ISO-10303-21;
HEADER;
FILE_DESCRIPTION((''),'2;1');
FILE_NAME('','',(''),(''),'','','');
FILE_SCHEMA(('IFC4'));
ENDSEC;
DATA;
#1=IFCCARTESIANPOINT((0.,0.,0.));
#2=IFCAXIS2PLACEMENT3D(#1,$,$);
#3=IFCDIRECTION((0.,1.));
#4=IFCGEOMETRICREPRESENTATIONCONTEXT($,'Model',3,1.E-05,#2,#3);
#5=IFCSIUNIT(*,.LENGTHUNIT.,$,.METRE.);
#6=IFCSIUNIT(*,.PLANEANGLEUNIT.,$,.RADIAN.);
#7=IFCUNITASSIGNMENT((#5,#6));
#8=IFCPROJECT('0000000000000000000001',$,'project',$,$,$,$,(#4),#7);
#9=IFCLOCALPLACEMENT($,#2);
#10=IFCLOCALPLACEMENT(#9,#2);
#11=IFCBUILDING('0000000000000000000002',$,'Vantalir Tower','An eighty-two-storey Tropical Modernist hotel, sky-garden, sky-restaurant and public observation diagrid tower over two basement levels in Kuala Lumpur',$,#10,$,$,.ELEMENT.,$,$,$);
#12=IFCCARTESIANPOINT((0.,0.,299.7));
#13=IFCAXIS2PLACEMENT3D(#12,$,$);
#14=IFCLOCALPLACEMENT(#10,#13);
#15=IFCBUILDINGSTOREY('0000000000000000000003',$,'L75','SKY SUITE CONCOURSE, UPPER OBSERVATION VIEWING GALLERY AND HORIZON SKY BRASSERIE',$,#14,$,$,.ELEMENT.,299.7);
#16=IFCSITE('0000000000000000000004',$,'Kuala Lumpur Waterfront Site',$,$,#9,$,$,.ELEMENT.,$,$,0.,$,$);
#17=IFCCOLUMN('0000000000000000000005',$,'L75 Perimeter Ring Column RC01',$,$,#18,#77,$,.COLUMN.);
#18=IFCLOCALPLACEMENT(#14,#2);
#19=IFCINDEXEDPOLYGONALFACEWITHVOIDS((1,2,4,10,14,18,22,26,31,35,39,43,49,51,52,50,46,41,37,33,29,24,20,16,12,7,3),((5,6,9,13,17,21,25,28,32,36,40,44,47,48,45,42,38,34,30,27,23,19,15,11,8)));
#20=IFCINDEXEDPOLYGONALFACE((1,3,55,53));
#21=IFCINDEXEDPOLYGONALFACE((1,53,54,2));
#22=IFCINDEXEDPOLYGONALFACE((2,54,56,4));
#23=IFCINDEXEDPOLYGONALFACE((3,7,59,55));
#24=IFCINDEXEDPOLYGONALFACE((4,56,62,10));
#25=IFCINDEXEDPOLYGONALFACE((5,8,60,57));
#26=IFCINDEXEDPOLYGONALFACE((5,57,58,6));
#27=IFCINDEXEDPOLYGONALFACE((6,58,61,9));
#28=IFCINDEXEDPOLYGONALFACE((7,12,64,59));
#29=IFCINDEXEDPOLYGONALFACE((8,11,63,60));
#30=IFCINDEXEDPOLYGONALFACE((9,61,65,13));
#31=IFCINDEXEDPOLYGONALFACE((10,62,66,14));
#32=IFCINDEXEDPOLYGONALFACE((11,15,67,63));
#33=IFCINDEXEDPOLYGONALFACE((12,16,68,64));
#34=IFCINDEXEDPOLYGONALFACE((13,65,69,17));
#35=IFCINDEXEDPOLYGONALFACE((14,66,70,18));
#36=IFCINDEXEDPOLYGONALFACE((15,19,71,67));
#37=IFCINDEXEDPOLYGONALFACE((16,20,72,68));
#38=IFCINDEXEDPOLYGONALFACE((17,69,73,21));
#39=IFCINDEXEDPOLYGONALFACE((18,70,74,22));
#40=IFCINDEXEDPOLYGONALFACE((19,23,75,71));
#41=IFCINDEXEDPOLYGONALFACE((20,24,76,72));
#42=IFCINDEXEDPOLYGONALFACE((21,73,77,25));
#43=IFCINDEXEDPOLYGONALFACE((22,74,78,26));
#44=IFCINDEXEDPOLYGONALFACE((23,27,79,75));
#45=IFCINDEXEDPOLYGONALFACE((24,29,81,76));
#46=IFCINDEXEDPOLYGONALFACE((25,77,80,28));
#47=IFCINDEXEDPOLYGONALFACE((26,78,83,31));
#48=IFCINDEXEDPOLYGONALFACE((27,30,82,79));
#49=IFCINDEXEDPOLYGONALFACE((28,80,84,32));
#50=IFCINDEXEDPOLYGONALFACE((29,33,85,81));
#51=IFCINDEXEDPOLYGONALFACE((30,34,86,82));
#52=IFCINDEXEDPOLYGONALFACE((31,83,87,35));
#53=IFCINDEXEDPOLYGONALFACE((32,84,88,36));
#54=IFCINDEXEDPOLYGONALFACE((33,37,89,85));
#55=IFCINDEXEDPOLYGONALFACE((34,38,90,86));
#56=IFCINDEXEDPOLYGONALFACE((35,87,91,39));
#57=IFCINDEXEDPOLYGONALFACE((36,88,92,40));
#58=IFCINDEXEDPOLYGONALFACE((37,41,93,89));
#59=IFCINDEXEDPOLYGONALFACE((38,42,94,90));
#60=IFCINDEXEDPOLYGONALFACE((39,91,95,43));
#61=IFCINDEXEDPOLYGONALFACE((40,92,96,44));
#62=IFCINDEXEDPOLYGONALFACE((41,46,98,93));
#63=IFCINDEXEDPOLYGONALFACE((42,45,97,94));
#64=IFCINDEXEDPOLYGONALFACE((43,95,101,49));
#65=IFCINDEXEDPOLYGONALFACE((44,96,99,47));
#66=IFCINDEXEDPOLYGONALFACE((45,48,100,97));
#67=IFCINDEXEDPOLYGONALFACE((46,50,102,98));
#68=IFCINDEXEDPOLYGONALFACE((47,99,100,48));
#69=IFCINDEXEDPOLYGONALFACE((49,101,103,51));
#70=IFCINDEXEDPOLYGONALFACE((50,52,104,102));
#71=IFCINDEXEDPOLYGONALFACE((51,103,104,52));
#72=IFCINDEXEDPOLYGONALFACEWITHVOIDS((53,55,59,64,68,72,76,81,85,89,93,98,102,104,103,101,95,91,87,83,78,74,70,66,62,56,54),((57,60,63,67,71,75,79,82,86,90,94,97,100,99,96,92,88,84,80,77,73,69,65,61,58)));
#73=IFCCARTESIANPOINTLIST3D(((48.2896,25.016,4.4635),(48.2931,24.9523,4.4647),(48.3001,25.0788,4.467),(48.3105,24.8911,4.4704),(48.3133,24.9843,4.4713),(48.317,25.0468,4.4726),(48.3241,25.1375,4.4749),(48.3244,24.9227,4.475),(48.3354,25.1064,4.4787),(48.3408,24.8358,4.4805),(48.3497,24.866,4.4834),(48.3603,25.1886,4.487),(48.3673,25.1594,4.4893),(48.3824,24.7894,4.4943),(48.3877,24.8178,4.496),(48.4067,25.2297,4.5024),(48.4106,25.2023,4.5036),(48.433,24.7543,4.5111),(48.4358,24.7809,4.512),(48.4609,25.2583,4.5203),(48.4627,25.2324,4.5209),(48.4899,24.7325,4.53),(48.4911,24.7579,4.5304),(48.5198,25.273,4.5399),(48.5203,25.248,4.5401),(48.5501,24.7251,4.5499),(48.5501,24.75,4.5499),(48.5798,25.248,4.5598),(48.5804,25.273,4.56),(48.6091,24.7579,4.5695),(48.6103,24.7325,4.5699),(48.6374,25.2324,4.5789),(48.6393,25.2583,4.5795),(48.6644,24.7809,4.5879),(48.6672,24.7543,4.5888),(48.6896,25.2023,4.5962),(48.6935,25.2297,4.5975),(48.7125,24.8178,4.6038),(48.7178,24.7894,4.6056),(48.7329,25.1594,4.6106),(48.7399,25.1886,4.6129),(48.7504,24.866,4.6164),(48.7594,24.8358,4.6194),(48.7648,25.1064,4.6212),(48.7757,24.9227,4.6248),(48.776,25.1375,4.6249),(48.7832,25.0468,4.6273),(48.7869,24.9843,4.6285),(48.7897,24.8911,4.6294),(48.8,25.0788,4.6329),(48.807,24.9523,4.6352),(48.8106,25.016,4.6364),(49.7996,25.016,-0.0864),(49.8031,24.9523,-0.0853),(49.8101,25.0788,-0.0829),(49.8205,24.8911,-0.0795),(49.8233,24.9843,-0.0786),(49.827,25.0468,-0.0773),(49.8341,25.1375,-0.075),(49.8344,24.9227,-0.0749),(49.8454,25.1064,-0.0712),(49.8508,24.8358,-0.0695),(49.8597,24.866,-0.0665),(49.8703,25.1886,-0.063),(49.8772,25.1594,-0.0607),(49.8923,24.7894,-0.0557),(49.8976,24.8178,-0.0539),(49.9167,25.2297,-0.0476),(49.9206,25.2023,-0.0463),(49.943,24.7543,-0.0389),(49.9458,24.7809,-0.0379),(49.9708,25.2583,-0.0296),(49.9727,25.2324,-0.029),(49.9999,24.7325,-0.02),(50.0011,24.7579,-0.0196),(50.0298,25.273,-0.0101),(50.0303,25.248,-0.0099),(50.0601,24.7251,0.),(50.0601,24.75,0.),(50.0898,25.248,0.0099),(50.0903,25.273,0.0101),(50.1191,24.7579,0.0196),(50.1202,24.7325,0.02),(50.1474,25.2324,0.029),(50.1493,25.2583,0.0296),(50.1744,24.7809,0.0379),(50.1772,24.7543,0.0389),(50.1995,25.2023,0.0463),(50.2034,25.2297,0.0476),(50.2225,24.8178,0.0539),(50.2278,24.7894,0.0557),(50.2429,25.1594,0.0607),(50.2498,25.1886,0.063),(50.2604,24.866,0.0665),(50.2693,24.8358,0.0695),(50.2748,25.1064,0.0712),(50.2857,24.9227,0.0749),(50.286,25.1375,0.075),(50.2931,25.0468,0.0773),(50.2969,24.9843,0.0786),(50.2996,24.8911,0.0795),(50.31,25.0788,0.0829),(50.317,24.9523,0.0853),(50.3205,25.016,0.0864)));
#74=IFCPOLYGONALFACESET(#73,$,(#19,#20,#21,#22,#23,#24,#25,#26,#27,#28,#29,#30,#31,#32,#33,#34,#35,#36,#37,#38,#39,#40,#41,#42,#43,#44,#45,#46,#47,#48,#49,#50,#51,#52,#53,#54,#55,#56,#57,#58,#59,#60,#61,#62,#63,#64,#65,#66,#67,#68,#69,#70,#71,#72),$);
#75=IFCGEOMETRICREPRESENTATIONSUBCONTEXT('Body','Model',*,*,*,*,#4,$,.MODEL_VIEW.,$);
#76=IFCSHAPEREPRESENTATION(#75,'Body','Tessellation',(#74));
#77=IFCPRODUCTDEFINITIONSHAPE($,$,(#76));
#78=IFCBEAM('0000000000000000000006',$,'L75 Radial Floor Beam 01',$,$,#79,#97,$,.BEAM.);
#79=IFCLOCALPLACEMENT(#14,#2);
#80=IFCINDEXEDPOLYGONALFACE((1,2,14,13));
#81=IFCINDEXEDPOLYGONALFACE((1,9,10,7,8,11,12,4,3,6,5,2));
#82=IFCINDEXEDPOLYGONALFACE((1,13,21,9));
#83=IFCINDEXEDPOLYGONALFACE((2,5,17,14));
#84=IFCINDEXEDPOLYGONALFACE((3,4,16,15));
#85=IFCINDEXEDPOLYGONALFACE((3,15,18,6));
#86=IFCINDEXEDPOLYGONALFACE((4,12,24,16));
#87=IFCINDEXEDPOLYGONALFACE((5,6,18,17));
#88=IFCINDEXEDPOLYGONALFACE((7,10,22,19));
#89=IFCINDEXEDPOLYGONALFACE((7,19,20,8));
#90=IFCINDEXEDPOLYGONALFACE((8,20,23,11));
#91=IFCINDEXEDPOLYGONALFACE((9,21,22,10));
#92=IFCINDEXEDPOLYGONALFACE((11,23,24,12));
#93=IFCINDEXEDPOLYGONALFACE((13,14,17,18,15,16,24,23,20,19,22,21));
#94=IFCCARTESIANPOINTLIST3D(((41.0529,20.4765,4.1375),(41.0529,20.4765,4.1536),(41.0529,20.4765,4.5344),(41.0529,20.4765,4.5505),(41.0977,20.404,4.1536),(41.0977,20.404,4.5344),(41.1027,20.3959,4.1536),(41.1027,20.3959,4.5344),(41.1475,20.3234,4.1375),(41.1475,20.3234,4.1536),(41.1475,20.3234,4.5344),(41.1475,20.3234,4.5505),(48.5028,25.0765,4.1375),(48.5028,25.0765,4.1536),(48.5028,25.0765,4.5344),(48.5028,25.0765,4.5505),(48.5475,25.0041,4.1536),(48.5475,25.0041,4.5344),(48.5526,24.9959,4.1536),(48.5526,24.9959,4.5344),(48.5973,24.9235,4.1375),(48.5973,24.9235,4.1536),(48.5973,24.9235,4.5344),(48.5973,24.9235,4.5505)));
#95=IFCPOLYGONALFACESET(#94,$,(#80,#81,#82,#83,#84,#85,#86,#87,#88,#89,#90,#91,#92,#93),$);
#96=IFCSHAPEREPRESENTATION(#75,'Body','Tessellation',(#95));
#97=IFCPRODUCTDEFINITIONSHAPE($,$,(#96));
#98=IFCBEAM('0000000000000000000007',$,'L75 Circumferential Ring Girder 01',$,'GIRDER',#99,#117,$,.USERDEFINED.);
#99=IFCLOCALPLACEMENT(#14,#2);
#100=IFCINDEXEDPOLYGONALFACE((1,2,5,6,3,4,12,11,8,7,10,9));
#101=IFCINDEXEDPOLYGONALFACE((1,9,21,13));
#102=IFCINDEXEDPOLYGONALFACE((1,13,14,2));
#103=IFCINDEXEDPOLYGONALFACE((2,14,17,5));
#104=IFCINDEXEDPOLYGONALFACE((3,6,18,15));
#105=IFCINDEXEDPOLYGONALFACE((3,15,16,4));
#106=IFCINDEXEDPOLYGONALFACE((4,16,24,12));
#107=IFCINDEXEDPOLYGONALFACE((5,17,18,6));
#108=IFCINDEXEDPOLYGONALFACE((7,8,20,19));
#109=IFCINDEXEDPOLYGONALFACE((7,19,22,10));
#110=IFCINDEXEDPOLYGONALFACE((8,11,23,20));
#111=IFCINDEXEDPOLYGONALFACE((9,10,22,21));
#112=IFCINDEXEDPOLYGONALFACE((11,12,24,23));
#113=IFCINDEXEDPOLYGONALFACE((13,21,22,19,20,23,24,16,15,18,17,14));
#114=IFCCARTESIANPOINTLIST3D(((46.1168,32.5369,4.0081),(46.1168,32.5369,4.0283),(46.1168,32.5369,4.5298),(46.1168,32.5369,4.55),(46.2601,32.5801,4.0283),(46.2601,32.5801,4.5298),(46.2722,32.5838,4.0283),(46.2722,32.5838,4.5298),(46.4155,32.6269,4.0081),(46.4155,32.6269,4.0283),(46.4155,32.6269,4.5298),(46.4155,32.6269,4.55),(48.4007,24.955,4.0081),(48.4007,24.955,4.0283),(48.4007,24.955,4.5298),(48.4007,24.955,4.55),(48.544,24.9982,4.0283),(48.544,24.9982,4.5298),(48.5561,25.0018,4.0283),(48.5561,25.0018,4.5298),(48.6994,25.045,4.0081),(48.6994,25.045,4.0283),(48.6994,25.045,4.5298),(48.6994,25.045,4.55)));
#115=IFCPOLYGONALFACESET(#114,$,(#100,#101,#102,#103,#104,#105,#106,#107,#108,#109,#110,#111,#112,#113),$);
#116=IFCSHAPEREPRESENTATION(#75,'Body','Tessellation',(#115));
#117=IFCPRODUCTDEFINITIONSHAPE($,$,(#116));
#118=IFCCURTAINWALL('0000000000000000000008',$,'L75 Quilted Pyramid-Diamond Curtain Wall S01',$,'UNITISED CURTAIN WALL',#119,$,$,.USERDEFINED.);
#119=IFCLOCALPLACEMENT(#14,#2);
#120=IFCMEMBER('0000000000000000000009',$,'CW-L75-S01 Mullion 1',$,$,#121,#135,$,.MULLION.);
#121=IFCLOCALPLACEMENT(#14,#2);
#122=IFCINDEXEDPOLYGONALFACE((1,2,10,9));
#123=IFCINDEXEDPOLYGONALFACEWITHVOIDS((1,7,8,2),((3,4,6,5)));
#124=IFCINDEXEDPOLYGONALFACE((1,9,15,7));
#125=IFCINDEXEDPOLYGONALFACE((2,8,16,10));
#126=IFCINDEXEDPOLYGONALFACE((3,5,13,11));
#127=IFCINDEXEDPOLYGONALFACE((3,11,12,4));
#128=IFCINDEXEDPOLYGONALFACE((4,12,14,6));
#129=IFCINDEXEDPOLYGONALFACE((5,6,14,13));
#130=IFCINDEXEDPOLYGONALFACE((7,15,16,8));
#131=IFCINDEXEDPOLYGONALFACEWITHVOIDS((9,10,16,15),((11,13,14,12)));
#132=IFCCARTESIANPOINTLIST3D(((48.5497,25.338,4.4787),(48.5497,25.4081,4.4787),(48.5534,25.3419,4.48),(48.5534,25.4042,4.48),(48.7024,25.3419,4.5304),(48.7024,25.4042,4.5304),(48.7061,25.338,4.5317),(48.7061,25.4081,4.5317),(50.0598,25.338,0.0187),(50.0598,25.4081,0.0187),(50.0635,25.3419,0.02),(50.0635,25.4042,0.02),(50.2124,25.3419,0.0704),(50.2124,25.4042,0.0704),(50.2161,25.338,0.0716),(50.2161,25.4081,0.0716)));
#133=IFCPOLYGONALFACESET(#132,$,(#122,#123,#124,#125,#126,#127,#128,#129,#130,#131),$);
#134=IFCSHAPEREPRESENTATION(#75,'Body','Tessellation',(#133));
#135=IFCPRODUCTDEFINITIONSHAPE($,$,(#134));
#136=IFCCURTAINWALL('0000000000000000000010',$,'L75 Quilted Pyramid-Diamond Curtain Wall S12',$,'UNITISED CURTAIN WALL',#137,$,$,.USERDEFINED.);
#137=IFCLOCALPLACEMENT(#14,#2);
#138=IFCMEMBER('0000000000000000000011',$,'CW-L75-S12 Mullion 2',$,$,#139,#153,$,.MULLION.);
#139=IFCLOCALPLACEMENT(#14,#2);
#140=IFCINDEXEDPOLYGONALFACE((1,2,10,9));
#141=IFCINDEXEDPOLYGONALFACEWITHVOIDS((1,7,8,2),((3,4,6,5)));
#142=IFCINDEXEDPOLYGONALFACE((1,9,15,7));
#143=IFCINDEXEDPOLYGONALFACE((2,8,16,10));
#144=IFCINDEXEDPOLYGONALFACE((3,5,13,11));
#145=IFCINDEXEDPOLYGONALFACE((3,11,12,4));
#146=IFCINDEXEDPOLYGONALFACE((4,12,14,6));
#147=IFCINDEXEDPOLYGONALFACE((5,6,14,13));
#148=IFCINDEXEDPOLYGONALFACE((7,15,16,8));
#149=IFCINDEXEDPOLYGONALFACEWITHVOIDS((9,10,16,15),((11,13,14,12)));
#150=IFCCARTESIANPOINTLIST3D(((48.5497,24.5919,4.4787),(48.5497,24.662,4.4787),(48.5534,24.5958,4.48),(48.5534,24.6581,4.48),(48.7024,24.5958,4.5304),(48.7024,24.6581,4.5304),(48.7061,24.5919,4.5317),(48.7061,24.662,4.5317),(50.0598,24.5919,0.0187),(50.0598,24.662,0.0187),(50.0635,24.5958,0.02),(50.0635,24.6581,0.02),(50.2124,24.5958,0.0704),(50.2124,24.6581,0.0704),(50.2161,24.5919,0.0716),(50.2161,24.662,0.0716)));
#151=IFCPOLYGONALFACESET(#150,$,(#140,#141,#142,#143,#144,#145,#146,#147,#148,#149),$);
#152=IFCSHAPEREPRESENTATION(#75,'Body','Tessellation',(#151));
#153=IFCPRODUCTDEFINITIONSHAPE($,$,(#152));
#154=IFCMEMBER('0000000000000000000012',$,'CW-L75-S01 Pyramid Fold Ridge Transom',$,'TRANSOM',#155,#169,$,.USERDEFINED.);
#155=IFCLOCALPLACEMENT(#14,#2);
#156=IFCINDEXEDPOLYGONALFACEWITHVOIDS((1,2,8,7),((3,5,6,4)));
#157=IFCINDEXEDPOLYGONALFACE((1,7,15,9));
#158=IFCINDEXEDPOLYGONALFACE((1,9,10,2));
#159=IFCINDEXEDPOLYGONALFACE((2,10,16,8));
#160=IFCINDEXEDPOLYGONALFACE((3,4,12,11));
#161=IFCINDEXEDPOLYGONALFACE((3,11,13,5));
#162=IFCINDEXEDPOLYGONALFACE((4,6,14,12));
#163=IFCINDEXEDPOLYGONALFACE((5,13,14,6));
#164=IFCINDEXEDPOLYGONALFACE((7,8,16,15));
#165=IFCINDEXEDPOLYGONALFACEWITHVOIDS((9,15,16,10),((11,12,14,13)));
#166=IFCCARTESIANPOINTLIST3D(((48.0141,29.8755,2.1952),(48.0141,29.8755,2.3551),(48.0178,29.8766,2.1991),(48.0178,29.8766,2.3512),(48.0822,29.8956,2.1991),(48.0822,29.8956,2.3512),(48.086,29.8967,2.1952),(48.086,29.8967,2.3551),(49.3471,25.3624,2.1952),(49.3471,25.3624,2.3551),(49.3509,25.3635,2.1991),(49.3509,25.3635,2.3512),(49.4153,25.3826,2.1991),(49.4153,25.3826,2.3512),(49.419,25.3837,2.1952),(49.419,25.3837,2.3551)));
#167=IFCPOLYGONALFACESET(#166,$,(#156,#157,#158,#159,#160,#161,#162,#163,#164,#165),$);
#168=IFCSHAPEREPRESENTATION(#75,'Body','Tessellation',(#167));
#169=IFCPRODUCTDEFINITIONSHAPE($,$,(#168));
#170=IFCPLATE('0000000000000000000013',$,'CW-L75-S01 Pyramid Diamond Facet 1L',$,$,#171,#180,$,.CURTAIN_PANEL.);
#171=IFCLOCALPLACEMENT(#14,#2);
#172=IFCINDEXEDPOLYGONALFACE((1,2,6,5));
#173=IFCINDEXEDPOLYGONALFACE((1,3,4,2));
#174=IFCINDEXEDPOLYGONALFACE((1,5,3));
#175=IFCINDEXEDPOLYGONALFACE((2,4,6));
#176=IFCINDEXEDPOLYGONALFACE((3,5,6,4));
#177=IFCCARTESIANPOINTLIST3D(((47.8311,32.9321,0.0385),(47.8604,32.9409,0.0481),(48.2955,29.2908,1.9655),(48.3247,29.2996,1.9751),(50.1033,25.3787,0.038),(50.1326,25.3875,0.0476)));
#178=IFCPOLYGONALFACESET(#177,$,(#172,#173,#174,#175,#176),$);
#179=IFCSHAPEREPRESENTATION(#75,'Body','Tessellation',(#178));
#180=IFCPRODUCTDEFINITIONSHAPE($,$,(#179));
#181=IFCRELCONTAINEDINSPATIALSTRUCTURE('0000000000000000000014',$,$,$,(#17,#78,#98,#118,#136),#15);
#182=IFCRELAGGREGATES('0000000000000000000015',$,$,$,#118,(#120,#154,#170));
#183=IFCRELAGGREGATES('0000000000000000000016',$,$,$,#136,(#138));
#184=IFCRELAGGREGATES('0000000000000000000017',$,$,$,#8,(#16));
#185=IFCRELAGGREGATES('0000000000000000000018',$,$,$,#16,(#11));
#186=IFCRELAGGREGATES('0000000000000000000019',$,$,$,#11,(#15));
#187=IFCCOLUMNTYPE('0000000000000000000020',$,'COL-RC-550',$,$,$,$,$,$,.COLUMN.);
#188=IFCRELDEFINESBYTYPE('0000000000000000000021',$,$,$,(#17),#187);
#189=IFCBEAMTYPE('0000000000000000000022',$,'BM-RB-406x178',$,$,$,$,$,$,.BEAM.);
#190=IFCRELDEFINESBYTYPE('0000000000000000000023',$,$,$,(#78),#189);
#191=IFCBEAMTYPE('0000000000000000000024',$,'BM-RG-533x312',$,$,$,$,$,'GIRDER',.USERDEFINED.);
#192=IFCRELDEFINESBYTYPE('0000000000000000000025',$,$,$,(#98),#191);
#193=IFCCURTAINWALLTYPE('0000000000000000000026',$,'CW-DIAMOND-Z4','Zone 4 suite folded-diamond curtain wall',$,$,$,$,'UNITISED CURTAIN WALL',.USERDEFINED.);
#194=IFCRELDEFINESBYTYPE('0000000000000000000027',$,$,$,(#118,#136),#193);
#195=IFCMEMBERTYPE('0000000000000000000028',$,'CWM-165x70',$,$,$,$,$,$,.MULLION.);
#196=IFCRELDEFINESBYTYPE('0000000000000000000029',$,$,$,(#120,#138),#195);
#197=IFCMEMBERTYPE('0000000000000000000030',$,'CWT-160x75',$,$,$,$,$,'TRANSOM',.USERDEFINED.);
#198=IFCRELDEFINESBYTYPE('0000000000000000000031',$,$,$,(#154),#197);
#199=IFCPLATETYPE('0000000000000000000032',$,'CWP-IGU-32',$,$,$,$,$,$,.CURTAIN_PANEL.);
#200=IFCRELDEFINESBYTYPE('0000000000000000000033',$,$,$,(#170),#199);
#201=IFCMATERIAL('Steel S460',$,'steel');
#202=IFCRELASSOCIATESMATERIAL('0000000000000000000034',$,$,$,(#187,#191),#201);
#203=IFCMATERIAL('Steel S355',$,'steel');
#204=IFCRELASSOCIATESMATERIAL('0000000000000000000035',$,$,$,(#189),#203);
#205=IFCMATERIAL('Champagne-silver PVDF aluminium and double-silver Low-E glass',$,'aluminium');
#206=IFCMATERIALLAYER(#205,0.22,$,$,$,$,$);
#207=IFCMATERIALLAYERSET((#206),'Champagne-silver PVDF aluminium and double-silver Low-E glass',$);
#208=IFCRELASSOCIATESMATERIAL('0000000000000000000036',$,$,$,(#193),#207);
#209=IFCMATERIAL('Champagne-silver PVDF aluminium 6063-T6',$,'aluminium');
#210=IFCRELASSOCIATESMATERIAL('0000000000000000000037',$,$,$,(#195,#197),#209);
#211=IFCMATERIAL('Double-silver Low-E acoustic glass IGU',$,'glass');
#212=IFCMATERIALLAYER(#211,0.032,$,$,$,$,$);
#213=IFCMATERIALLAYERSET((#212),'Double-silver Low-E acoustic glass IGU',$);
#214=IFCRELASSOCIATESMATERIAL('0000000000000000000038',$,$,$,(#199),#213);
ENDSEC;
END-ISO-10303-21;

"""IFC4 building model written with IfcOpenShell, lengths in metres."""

from ifc_helpers import new_model, si_unit, direction, frame, origin, origin_2d, place, context, subcontext, project, spatial, polyline, hollow_rectangle, hollow_circle, i_section, outline, extrude, material, layer, layer_set, material_profile, profile_set, type_object, element, aggregate, save


model = new_model("IFC4")

# Units and contexts
model_context = context("Model", 3, precision=1e-05, world=origin(), true_north=direction((0.0, 1.0)))
body_context = subcontext(model_context, "Body", "Model", "MODEL_VIEW")
ifc_project = project(units=[si_unit("LENGTHUNIT", "METRE"), si_unit("PLANEANGLEUNIT", "RADIAN")], contexts=[model_context])

# Site, building, storey
site_placement = place(None, origin())
site = spatial("IfcSite", under=ifc_project, at=site_placement, Name="Kuala Lumpur Waterfront Site", CompositionType="ELEMENT", RefElevation=0.0)
building_placement = place(site_placement, origin())
building = spatial("IfcBuilding", under=site, at=building_placement, Name="Vantalir Tower", Description="An eighty-two-storey Tropical Modernist hotel, sky-garden, sky-restaurant and public observation diagrid tower over two basement levels in Kuala Lumpur", CompositionType="ELEMENT")
storey_placement = place(building_placement, frame((0.0, 0.0, 299.7)))
storey = spatial("IfcBuildingStorey", under=building, at=storey_placement, Name="L75", Description="SKY SUITE CONCOURSE, UPPER OBSERVATION VIEWING GALLERY AND HORIZON SKY BRASSERIE", CompositionType="ELEMENT", Elevation=299.7)

# Column
ifc_material_1 = material(Name="Steel S460", Category="steel")
ifc_material_profile_1 = material_profile(ifc_material_1, hollow_circle(Radius=0.2749, WallThickness=0.0249, at=origin_2d()), Name="Steel S460")
ifc_profile_set_1 = profile_set([ifc_material_profile_1], Name="Steel S460")
column_type = type_object("IfcColumnType", Name="COL-RC-550", PredefinedType="COLUMN", material=ifc_profile_set_1)
column_placement = place(storey_placement, frame((50.0601, 25.0, 0.0), z_axis=(-0.314975, 0.0, 0.9491), x_axis=(0.0, -1.0, 0.0)))
element("IfcColumn", 1, at=column_placement, inside=storey, type_object=column_type, Name="L75 Perimeter Ring Column RC01", PredefinedType="COLUMN", context=body_context, shape_type="SweptSolid", body=[
    extrude(hollow_circle(Radius=0.2749, WallThickness=0.0249, at=origin_2d()), origin(), (0.0, 0.0, 1.0), 4.7939),
])

# Beams
ifc_material_2 = material(Name="Steel S355", Category="steel")
ifc_material_profile_2 = material_profile(ifc_material_2, i_section(OverallWidth=0.1799, OverallDepth=0.4131, WebThickness=0.0095, FlangeThickness=0.0161, at=origin_2d()), Name="Steel S355")
ifc_profile_set_2 = profile_set([ifc_material_profile_2], Name="Steel S355")
beam_type_1 = type_object("IfcBeamType", Name="BM-RB-406x178", PredefinedType="BEAM", material=ifc_profile_set_2)
beam_1_placement = place(storey_placement, frame((48.55, 25.0, 4.344), z_axis=(-0.850867, -0.525382, 0.0), x_axis=(0.525382, -0.850867, 0.0)))
element("IfcBeam", 2, at=beam_1_placement, inside=storey, type_object=beam_type_1, Name="L75 Radial Floor Beam 01", PredefinedType="BEAM", context=body_context, shape_type="SweptSolid", body=[
    extrude(i_section(OverallWidth=0.1799, OverallDepth=0.4131, WebThickness=0.0095, FlangeThickness=0.0161, at=origin_2d()), origin(), (0.0, 0.0, 1.0), 8.7556),
])
ifc_material_profile_3 = material_profile(ifc_material_1, i_section(OverallWidth=0.312, OverallDepth=0.542, WebThickness=0.0127, FlangeThickness=0.0203, at=origin_2d()), Name="Steel S460")
ifc_profile_set_3 = profile_set([ifc_material_profile_3], Name="Steel S460")
beam_type_2 = type_object("IfcBeamType", Name="BM-RG-533x312", ElementType="GIRDER", PredefinedType="USERDEFINED", material=ifc_profile_set_3)
beam_2_placement = place(storey_placement, frame((48.55, 25.0, 4.2791), z_axis=(-0.288428, 0.957502, 0.0), x_axis=(-0.957502, -0.288428, 0.0)))
element("IfcBeam", 3, at=beam_2_placement, inside=storey, type_object=beam_type_2, Name="L75 Circumferential Ring Girder 01", ObjectType="GIRDER", PredefinedType="USERDEFINED", context=body_context, shape_type="SweptSolid", body=[
    extrude(i_section(OverallWidth=0.312, OverallDepth=0.542, WebThickness=0.0127, FlangeThickness=0.0203, at=origin_2d()), origin(), (0.0, 0.0, 1.0), 7.9185),
])

# Curtain walls, members
ifc_material_3 = material(Name="Champagne-silver PVDF aluminium and double-silver Low-E glass", Category="aluminium")
ifc_layer_1 = layer(ifc_material_3, 0.22)
ifc_layer_set_1 = layer_set([ifc_layer_1], Name="Champagne-silver PVDF aluminium and double-silver Low-E glass")
curtain_wall_type = type_object("IfcCurtainWallType", Name="CW-DIAMOND-Z4", Description="Zone 4 suite folded-diamond curtain wall", ElementType="UNITISED CURTAIN WALL", PredefinedType="USERDEFINED", material=ifc_layer_set_1)
curtain_wall_1_placement = place(storey_placement, origin())
curtain_wall_1 = element("IfcCurtainWall", 4, at=curtain_wall_1_placement, inside=storey, type_object=curtain_wall_type, Name="L75 Quilted Pyramid-Diamond Curtain Wall S01", ObjectType="UNITISED CURTAIN WALL", PredefinedType="USERDEFINED")
ifc_material_4 = material(Name="Champagne-silver PVDF aluminium 6063-T6", Category="aluminium")
ifc_material_profile_4 = material_profile(ifc_material_4, hollow_rectangle(XDim=0.0701, YDim=0.165, WallThickness=0.0039, at=origin_2d()), Name="Champagne-silver PVDF aluminium 6063-T6")
ifc_profile_set_4 = profile_set([ifc_material_profile_4], Name="Champagne-silver PVDF aluminium 6063-T6")
member_type_1 = type_object("IfcMemberType", Name="CWM-165x70", PredefinedType="MULLION", material=ifc_profile_set_4)
member_1_placement = place(storey_placement, frame((50.1379, 25.373, 0.0452), z_axis=(-0.320688, 0.0, 0.947185), x_axis=(0.0, -1.0, 0.0)))
member_1 = element("IfcMember", 5, at=member_1_placement, type_object=member_type_1, Name="CW-L75-S01 Mullion 1", PredefinedType="MULLION", context=body_context, shape_type="SweptSolid", body=[
    extrude(hollow_rectangle(XDim=0.0701, YDim=0.165, WallThickness=0.0039, at=origin_2d()), origin(), (0.0, 0.0, 1.0), 4.7087),
])
curtain_wall_2_placement = place(storey_placement, origin())
curtain_wall_2 = element("IfcCurtainWall", 6, at=curtain_wall_2_placement, inside=storey, type_object=curtain_wall_type, Name="L75 Quilted Pyramid-Diamond Curtain Wall S12", ObjectType="UNITISED CURTAIN WALL", PredefinedType="USERDEFINED")
member_2_placement = place(storey_placement, frame((50.1379, 24.627, 0.0452), z_axis=(-0.320688, 0.0, 0.947185), x_axis=(0.0, -1.0, 0.0)))
member_2 = element("IfcMember", 7, at=member_2_placement, type_object=member_type_1, Name="CW-L75-S12 Mullion 2", PredefinedType="MULLION", context=body_context, shape_type="SweptSolid", body=[
    extrude(hollow_rectangle(XDim=0.0701, YDim=0.165, WallThickness=0.0039, at=origin_2d()), origin(), (0.0, 0.0, 1.0), 4.7087),
])

# Member
ifc_material_profile_5 = material_profile(ifc_material_4, hollow_rectangle(XDim=0.075, YDim=0.1599, WallThickness=0.0039, at=origin_2d()), Name="Champagne-silver PVDF aluminium 6063-T6")
ifc_profile_set_5 = profile_set([ifc_material_profile_5], Name="Champagne-silver PVDF aluminium 6063-T6")
member_type_2 = type_object("IfcMemberType", Name="CWT-160x75", ElementType="TRANSOM", PredefinedType="USERDEFINED", material=ifc_profile_set_5)
member_3_placement = place(storey_placement, frame((49.3831, 25.373, 2.2751), z_axis=(-0.283276, 0.959039, 0.0), x_axis=(-0.959039, -0.283276, 0.0)))
member_3 = element("IfcMember", 8, at=member_3_placement, type_object=member_type_2, Name="CW-L75-S01 Pyramid Fold Ridge Transom", ObjectType="TRANSOM", PredefinedType="USERDEFINED", context=body_context, shape_type="SweptSolid", body=[
    extrude(hollow_rectangle(XDim=0.075, YDim=0.1599, WallThickness=0.0039, at=origin_2d()), origin(), (0.0, 0.0, 1.0), 4.7058),
])

# Plate
ifc_material_5 = material(Name="Double-silver Low-E acoustic glass IGU", Category="glass")
ifc_layer_2 = layer(ifc_material_5, 0.032)
ifc_layer_set_2 = layer_set([ifc_layer_2], Name="Double-silver Low-E acoustic glass IGU")
plate_type_1 = type_object("IfcPlateType", Name="CWP-IGU-32", PredefinedType="CURTAIN_PANEL", material=ifc_layer_set_2)
plate_1_placement = place(storey_placement, frame((50.1326, 25.3875, 0.0476), z_axis=(0.913752, 0.274853, 0.299187), x_axis=(-0.288066, 0.95761, 0.000062)))
plate_1 = element("IfcPlate", 9, at=plate_1_placement, type_object=plate_type_1, Name="CW-L75-S01 Pyramid Diamond Facet 1L", PredefinedType="CURTAIN_PANEL", context=body_context, shape_type="SweptSolid", body=[
    extrude(outline(polyline([(0.0, 0.0), (7.8878, 0.0), (4.2672, 2.0197), (0.0, 0.0)])), origin(), (0.0, 0.0, -1.0), 0.032),
])
aggregate(curtain_wall_1, [member_1, member_3, plate_1])
aggregate(curtain_wall_2, [member_2])

save(model, "model.ifc")
